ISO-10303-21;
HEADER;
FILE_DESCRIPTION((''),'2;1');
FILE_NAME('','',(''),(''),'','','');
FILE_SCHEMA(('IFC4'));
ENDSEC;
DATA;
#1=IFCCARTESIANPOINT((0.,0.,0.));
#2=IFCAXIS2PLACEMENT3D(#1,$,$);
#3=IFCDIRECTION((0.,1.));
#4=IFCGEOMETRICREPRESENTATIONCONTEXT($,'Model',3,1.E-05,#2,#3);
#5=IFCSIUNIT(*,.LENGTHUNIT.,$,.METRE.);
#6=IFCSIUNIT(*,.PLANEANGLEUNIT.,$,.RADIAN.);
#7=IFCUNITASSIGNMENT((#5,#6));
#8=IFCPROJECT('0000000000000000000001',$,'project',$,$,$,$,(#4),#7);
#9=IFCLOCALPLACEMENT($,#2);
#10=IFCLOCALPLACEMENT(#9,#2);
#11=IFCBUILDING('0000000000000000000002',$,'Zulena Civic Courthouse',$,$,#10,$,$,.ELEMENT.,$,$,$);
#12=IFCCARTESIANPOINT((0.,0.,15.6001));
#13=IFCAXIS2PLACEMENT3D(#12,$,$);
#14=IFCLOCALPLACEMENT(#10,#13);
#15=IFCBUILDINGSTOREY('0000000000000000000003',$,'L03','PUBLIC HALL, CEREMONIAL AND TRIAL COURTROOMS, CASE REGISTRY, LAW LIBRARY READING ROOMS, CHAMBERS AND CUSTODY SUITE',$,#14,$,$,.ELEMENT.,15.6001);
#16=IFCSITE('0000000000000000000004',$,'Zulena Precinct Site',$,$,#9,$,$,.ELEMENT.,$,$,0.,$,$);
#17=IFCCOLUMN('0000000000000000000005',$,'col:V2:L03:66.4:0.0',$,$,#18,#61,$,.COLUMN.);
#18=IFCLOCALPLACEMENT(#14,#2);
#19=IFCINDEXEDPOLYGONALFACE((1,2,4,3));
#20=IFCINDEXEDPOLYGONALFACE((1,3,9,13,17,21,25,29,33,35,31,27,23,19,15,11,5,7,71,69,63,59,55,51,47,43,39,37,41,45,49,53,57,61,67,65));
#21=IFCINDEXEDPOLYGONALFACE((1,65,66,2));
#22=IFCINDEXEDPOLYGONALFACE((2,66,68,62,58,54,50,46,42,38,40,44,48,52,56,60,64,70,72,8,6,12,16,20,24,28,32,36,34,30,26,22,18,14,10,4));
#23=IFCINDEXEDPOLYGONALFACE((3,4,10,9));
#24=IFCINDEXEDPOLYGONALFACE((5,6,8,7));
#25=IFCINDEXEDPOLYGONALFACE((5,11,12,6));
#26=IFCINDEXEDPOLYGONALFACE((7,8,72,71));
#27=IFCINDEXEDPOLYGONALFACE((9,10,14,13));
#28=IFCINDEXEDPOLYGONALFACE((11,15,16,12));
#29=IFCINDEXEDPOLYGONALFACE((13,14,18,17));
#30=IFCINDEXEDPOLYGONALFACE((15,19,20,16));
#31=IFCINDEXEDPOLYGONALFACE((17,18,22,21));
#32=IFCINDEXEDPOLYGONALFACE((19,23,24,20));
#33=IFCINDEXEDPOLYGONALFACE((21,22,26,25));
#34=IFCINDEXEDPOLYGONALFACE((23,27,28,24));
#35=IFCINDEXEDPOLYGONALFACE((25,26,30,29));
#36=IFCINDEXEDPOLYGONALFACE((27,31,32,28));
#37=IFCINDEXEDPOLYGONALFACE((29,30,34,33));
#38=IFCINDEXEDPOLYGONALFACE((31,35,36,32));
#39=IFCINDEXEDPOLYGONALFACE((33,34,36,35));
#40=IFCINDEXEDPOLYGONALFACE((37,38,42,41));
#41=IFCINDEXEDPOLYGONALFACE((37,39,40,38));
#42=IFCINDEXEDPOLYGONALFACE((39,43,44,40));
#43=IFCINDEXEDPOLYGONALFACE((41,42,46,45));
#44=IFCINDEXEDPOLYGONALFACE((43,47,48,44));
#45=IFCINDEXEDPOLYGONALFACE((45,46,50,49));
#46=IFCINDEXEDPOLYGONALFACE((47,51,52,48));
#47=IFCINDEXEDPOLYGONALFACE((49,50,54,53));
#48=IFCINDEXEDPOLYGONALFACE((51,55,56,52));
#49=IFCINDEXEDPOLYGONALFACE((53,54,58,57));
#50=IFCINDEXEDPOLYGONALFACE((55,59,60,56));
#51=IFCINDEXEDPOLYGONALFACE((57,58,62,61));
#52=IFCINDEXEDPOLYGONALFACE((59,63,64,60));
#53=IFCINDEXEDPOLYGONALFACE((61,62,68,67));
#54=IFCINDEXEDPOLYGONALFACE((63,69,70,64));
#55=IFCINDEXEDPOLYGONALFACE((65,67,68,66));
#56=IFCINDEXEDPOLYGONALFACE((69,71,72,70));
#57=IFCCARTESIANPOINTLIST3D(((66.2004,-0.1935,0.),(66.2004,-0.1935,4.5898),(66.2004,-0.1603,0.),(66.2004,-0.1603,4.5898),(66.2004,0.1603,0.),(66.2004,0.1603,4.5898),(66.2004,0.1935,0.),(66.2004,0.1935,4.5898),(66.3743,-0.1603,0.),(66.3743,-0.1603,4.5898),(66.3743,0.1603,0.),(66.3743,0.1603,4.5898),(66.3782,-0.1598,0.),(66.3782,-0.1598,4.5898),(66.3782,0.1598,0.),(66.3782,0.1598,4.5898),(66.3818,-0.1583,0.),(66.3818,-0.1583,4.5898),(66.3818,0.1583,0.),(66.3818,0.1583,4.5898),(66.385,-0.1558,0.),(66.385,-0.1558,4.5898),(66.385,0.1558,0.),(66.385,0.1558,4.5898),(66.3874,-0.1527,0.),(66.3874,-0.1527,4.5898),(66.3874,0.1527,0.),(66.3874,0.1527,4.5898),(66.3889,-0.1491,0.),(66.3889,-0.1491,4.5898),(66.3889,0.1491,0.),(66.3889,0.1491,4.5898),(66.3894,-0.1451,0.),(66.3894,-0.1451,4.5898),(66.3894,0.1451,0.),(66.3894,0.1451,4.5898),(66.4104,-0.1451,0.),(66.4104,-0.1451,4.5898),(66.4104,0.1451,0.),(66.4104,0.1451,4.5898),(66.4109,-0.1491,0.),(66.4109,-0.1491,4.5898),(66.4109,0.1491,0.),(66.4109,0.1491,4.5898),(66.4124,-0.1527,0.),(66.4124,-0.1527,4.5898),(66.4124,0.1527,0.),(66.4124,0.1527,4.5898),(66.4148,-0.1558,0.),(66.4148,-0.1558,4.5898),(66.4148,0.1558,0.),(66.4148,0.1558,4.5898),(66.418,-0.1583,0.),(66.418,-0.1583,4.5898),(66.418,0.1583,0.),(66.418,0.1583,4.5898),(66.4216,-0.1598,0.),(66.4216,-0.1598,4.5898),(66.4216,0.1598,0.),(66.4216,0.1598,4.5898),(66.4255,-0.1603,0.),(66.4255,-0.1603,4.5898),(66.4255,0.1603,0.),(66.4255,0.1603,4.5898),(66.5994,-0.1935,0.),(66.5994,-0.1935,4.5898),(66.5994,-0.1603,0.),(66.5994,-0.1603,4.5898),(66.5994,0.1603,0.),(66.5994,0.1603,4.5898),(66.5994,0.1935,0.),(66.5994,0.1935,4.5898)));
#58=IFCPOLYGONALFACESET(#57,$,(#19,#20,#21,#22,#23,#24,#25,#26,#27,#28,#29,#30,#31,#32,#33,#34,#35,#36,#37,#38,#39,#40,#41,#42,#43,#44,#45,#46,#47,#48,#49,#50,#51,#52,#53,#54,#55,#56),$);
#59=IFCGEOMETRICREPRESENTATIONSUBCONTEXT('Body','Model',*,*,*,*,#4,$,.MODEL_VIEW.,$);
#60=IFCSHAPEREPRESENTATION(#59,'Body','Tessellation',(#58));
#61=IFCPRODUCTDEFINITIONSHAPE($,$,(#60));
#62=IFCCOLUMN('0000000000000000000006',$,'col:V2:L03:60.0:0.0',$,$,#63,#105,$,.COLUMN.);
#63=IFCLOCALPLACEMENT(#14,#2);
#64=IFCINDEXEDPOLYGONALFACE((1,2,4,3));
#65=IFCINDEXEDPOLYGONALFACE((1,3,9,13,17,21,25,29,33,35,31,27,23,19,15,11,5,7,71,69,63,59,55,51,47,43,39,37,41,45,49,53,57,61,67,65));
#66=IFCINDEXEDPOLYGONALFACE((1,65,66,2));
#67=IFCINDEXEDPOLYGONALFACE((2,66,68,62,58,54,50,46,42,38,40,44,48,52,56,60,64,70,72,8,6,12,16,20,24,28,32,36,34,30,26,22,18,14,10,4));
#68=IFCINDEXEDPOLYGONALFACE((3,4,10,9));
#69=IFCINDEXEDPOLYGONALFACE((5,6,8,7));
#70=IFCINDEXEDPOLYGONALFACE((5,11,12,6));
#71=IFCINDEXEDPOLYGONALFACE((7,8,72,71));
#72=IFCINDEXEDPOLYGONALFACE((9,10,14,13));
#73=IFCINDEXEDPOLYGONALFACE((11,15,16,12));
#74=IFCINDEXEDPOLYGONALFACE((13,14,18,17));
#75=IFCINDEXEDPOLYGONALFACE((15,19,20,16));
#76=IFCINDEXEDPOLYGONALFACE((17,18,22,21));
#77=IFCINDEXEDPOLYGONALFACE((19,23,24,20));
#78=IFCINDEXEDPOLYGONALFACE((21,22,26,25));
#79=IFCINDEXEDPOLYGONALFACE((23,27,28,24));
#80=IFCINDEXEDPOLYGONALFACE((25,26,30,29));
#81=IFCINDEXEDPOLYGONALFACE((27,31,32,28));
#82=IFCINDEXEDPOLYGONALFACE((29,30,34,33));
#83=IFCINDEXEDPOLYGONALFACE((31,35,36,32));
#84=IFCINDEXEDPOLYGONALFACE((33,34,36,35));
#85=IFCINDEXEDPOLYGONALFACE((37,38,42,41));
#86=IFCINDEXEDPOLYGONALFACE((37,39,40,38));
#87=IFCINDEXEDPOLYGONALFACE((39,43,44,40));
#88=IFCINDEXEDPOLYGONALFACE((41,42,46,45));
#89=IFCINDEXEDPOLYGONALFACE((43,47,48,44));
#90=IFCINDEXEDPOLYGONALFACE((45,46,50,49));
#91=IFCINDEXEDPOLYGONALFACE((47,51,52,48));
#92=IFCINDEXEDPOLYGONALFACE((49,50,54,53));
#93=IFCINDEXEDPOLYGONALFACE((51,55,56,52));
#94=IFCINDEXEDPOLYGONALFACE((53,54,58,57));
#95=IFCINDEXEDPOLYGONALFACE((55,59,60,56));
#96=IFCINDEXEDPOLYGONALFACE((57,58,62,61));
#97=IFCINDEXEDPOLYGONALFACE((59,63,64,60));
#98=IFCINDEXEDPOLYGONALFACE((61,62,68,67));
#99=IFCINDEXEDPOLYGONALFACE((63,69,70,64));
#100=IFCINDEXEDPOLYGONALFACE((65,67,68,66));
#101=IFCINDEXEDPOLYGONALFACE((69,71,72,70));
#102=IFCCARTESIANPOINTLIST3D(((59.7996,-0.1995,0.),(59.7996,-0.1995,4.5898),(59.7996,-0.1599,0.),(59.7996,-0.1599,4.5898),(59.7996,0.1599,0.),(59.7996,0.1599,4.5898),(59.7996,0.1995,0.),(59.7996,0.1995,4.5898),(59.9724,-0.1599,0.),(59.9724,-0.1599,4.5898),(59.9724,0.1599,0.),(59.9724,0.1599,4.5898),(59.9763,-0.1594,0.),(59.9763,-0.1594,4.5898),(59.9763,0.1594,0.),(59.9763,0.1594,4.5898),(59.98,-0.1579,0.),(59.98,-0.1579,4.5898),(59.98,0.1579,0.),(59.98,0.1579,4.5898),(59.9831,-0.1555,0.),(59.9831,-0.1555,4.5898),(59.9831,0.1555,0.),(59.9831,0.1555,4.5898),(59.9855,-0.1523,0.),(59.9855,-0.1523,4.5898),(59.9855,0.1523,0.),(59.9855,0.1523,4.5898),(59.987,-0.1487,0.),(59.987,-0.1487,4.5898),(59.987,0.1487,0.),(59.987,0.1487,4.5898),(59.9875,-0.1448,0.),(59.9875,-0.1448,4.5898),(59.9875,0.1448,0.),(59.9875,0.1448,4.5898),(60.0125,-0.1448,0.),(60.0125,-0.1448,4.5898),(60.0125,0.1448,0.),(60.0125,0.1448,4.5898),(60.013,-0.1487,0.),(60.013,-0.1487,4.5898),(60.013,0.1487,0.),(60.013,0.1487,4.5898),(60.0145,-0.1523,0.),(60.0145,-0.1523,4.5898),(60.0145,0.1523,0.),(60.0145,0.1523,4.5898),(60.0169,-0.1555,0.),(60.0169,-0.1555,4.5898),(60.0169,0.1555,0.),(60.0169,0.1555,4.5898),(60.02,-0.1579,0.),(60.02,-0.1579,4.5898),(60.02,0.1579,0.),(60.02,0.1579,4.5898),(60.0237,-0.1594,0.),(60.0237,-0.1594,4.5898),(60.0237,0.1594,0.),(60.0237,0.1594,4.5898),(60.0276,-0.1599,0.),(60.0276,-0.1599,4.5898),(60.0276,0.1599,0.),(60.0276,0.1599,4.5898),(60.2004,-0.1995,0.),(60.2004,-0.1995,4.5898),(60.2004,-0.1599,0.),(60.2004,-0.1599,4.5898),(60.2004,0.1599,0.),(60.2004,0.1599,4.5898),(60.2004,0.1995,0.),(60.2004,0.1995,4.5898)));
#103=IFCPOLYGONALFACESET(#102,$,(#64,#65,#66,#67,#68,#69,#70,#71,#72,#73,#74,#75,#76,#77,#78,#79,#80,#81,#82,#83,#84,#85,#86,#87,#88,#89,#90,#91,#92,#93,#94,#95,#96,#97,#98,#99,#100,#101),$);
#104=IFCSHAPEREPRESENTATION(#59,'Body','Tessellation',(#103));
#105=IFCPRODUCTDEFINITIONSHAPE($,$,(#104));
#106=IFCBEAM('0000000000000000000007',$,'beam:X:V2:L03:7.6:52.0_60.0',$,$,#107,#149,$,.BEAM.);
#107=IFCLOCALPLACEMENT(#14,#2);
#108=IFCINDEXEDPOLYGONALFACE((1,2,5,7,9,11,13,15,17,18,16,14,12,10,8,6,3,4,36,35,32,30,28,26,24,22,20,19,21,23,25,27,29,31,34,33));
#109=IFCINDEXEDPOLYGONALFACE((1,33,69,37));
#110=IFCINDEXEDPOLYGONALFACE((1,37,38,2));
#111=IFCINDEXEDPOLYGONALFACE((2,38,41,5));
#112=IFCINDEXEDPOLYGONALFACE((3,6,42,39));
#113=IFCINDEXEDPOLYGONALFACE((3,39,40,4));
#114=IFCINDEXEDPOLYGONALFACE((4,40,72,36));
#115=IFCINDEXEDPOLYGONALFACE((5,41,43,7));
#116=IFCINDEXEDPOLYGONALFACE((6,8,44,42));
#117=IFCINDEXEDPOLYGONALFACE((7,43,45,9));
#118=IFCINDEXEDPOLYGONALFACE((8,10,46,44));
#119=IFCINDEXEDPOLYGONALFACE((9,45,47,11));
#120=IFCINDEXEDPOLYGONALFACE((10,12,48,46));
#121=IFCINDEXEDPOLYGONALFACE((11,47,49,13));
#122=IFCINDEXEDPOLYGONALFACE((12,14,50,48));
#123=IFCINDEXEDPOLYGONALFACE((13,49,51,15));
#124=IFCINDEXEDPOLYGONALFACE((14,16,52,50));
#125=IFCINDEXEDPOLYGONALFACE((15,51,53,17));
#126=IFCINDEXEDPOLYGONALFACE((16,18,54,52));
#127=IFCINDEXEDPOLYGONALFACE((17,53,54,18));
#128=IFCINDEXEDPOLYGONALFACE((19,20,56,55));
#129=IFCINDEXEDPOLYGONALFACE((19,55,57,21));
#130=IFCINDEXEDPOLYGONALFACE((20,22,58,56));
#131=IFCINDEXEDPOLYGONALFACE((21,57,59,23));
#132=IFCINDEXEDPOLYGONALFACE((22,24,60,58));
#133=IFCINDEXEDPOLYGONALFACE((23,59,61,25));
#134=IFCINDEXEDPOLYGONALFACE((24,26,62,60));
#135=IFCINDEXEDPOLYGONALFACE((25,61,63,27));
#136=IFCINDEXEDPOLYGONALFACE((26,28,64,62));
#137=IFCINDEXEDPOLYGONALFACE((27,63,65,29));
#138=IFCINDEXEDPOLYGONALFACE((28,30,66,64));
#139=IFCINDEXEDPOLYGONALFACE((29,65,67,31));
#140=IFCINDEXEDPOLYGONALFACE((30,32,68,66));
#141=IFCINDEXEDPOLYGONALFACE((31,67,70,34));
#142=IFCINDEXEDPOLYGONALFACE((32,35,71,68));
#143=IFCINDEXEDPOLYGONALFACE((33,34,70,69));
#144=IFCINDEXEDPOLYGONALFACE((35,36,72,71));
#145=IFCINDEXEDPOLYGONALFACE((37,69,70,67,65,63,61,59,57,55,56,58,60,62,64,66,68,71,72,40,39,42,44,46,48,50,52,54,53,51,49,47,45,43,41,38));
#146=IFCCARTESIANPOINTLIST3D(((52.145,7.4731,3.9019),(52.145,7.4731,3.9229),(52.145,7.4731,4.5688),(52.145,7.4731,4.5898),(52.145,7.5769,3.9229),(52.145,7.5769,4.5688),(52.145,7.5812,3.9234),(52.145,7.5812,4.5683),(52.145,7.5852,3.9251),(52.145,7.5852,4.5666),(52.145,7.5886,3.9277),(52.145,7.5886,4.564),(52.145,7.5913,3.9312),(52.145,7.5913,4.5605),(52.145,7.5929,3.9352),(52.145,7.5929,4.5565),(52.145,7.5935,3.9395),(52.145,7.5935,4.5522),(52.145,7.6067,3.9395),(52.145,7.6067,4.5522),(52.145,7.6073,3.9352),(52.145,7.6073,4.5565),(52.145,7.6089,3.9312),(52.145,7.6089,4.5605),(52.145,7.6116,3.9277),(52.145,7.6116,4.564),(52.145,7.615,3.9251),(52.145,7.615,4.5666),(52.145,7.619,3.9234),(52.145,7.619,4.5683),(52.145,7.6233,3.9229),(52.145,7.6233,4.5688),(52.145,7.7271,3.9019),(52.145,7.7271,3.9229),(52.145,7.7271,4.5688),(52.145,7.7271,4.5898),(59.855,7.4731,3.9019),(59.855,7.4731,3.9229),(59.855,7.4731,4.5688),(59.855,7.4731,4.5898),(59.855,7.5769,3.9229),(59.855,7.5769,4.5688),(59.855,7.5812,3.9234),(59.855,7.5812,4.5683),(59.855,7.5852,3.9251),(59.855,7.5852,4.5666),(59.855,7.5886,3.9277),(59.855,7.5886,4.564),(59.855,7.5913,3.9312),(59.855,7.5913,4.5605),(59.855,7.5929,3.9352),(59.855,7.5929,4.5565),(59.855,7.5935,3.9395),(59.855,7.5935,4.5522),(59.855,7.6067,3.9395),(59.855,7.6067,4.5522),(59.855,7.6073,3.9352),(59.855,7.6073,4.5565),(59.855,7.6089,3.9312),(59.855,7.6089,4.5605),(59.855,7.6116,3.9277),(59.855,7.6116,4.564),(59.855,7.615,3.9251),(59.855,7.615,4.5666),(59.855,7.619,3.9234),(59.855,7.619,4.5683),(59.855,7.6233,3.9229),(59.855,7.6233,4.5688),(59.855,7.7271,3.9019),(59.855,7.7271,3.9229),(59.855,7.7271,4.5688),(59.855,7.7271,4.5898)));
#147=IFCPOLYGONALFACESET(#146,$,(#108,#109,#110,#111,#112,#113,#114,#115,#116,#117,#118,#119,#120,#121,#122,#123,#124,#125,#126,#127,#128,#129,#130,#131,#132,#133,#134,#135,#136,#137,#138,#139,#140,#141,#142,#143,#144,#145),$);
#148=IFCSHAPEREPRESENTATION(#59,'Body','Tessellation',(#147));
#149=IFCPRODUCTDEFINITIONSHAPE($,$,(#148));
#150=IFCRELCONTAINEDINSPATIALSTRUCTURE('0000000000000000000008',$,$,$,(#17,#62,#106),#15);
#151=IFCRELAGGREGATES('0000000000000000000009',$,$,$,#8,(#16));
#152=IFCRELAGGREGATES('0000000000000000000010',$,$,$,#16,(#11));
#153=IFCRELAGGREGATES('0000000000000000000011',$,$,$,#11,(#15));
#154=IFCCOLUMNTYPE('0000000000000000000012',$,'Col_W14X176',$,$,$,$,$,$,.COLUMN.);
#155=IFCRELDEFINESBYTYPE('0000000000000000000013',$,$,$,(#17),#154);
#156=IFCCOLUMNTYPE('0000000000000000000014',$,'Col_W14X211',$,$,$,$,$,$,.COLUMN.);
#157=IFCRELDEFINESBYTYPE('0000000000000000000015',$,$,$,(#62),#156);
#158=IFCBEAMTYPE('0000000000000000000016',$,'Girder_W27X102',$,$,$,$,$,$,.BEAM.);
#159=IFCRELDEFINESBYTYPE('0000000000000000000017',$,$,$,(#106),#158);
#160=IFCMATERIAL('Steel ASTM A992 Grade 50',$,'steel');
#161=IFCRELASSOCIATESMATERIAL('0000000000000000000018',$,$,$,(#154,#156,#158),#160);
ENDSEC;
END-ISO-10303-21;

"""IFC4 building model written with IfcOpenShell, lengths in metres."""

from ifc_helpers import new_model, si_unit, direction, frame, origin, origin_2d, place, context, subcontext, project, spatial, i_section, extrude, material, material_profile, profile_set, type_object, element, save


model = new_model("IFC4")

# Units and contexts
model_context = context("Model", 3, precision=1e-05, world=origin(), true_north=direction((0.0, 1.0)))
body_context = subcontext(model_context, "Body", "Model", "MODEL_VIEW")
ifc_project = project(units=[si_unit("LENGTHUNIT", "METRE"), si_unit("PLANEANGLEUNIT", "RADIAN")], contexts=[model_context])

# Site, building, storey
site_placement = place(None, origin())
site = spatial("IfcSite", under=ifc_project, at=site_placement, Name="Zulena Precinct Site", CompositionType="ELEMENT", RefElevation=0.0)
building_placement = place(site_placement, origin())
building = spatial("IfcBuilding", under=site, at=building_placement, Name="Zulena Civic Courthouse", CompositionType="ELEMENT")
storey_placement = place(building_placement, frame((0.0, 0.0, 15.6001)))
storey = spatial("IfcBuildingStorey", under=building, at=storey_placement, Name="L03", Description="PUBLIC HALL, CEREMONIAL AND TRIAL COURTROOMS, CASE REGISTRY, LAW LIBRARY READING ROOMS, CHAMBERS AND CUSTODY SUITE", CompositionType="ELEMENT", Elevation=15.6001)

# Columns
ifc_material_1 = material(Name="Steel ASTM A992 Grade 50", Category="steel")
ifc_material_profile_1 = material_profile(ifc_material_1, i_section(OverallWidth=0.3989, OverallDepth=0.387, WebThickness=0.021, FlangeThickness=0.0332, FilletRadius=0.0151, at=origin_2d()), Name="W14X176")
ifc_profile_set_1 = profile_set([ifc_material_profile_1], Name="Steel ASTM A992 Grade 50")
column_type_1 = type_object("IfcColumnType", Name="Col_W14X176", PredefinedType="COLUMN", material=ifc_profile_set_1)
column_1_placement = place(storey_placement, frame((66.3999, 0.0, 0.0), z_axis=(0.0, 0.0, 1.0), x_axis=(1.0, 0.0, 0.0)))
element("IfcColumn", 1, at=column_1_placement, inside=storey, type_object=column_type_1, Name="col:V2:L03:66.4:0.0", PredefinedType="COLUMN", context=body_context, shape_type="SweptSolid", body=[
    extrude(i_section(OverallWidth=0.3989, OverallDepth=0.387, WebThickness=0.021, FlangeThickness=0.0332, FilletRadius=0.0151, at=origin_2d()), origin(), (0.0, 0.0, 1.0), 4.5898),
])
ifc_material_profile_2 = material_profile(ifc_material_1, i_section(OverallWidth=0.4009, OverallDepth=0.3989, WebThickness=0.0249, FlangeThickness=0.0396, FilletRadius=0.0151, at=origin_2d()), Name="W14X211")
ifc_profile_set_2 = profile_set([ifc_material_profile_2], Name="Steel ASTM A992 Grade 50")
column_type_2 = type_object("IfcColumnType", Name="Col_W14X211", PredefinedType="COLUMN", material=ifc_profile_set_2)
column_2_placement = place(storey_placement, frame((60.0, 0.0, 0.0), z_axis=(0.0, 0.0, 1.0), x_axis=(1.0, 0.0, 0.0)))
element("IfcColumn", 2, at=column_2_placement, inside=storey, type_object=column_type_2, Name="col:V2:L03:60.0:0.0", PredefinedType="COLUMN", context=body_context, shape_type="SweptSolid", body=[
    extrude(i_section(OverallWidth=0.4009, OverallDepth=0.3989, WebThickness=0.0249, FlangeThickness=0.0396, FilletRadius=0.0151, at=origin_2d()), origin(), (0.0, 0.0, 1.0), 4.5898),
])

# Beam
ifc_material_profile_3 = material_profile(ifc_material_1, i_section(OverallWidth=0.2539, OverallDepth=0.688, WebThickness=0.0132, FlangeThickness=0.021, FilletRadius=0.0166, at=origin_2d()), Name="W27X102")
ifc_profile_set_3 = profile_set([ifc_material_profile_3], Name="Steel ASTM A992 Grade 50")
beam_type_1 = type_object("IfcBeamType", Name="Girder_W27X102", PredefinedType="BEAM", material=ifc_profile_set_3)
beam_1_placement = place(storey_placement, frame((52.145, 7.6001, 4.2458), z_axis=(1.0, 0.0, 0.0), x_axis=(0.0, 1.0, 0.0)))
element("IfcBeam", 3, at=beam_1_placement, inside=storey, type_object=beam_type_1, Name="beam:X:V2:L03:7.6:52.0_60.0", PredefinedType="BEAM", context=body_context, shape_type="SweptSolid", body=[
    extrude(i_section(OverallWidth=0.2539, OverallDepth=0.688, WebThickness=0.0132, FlangeThickness=0.021, FilletRadius=0.0166, at=origin_2d()), origin(), (0.0, 0.0, 1.0), 7.71),
])

save(model, "model.ifc")
